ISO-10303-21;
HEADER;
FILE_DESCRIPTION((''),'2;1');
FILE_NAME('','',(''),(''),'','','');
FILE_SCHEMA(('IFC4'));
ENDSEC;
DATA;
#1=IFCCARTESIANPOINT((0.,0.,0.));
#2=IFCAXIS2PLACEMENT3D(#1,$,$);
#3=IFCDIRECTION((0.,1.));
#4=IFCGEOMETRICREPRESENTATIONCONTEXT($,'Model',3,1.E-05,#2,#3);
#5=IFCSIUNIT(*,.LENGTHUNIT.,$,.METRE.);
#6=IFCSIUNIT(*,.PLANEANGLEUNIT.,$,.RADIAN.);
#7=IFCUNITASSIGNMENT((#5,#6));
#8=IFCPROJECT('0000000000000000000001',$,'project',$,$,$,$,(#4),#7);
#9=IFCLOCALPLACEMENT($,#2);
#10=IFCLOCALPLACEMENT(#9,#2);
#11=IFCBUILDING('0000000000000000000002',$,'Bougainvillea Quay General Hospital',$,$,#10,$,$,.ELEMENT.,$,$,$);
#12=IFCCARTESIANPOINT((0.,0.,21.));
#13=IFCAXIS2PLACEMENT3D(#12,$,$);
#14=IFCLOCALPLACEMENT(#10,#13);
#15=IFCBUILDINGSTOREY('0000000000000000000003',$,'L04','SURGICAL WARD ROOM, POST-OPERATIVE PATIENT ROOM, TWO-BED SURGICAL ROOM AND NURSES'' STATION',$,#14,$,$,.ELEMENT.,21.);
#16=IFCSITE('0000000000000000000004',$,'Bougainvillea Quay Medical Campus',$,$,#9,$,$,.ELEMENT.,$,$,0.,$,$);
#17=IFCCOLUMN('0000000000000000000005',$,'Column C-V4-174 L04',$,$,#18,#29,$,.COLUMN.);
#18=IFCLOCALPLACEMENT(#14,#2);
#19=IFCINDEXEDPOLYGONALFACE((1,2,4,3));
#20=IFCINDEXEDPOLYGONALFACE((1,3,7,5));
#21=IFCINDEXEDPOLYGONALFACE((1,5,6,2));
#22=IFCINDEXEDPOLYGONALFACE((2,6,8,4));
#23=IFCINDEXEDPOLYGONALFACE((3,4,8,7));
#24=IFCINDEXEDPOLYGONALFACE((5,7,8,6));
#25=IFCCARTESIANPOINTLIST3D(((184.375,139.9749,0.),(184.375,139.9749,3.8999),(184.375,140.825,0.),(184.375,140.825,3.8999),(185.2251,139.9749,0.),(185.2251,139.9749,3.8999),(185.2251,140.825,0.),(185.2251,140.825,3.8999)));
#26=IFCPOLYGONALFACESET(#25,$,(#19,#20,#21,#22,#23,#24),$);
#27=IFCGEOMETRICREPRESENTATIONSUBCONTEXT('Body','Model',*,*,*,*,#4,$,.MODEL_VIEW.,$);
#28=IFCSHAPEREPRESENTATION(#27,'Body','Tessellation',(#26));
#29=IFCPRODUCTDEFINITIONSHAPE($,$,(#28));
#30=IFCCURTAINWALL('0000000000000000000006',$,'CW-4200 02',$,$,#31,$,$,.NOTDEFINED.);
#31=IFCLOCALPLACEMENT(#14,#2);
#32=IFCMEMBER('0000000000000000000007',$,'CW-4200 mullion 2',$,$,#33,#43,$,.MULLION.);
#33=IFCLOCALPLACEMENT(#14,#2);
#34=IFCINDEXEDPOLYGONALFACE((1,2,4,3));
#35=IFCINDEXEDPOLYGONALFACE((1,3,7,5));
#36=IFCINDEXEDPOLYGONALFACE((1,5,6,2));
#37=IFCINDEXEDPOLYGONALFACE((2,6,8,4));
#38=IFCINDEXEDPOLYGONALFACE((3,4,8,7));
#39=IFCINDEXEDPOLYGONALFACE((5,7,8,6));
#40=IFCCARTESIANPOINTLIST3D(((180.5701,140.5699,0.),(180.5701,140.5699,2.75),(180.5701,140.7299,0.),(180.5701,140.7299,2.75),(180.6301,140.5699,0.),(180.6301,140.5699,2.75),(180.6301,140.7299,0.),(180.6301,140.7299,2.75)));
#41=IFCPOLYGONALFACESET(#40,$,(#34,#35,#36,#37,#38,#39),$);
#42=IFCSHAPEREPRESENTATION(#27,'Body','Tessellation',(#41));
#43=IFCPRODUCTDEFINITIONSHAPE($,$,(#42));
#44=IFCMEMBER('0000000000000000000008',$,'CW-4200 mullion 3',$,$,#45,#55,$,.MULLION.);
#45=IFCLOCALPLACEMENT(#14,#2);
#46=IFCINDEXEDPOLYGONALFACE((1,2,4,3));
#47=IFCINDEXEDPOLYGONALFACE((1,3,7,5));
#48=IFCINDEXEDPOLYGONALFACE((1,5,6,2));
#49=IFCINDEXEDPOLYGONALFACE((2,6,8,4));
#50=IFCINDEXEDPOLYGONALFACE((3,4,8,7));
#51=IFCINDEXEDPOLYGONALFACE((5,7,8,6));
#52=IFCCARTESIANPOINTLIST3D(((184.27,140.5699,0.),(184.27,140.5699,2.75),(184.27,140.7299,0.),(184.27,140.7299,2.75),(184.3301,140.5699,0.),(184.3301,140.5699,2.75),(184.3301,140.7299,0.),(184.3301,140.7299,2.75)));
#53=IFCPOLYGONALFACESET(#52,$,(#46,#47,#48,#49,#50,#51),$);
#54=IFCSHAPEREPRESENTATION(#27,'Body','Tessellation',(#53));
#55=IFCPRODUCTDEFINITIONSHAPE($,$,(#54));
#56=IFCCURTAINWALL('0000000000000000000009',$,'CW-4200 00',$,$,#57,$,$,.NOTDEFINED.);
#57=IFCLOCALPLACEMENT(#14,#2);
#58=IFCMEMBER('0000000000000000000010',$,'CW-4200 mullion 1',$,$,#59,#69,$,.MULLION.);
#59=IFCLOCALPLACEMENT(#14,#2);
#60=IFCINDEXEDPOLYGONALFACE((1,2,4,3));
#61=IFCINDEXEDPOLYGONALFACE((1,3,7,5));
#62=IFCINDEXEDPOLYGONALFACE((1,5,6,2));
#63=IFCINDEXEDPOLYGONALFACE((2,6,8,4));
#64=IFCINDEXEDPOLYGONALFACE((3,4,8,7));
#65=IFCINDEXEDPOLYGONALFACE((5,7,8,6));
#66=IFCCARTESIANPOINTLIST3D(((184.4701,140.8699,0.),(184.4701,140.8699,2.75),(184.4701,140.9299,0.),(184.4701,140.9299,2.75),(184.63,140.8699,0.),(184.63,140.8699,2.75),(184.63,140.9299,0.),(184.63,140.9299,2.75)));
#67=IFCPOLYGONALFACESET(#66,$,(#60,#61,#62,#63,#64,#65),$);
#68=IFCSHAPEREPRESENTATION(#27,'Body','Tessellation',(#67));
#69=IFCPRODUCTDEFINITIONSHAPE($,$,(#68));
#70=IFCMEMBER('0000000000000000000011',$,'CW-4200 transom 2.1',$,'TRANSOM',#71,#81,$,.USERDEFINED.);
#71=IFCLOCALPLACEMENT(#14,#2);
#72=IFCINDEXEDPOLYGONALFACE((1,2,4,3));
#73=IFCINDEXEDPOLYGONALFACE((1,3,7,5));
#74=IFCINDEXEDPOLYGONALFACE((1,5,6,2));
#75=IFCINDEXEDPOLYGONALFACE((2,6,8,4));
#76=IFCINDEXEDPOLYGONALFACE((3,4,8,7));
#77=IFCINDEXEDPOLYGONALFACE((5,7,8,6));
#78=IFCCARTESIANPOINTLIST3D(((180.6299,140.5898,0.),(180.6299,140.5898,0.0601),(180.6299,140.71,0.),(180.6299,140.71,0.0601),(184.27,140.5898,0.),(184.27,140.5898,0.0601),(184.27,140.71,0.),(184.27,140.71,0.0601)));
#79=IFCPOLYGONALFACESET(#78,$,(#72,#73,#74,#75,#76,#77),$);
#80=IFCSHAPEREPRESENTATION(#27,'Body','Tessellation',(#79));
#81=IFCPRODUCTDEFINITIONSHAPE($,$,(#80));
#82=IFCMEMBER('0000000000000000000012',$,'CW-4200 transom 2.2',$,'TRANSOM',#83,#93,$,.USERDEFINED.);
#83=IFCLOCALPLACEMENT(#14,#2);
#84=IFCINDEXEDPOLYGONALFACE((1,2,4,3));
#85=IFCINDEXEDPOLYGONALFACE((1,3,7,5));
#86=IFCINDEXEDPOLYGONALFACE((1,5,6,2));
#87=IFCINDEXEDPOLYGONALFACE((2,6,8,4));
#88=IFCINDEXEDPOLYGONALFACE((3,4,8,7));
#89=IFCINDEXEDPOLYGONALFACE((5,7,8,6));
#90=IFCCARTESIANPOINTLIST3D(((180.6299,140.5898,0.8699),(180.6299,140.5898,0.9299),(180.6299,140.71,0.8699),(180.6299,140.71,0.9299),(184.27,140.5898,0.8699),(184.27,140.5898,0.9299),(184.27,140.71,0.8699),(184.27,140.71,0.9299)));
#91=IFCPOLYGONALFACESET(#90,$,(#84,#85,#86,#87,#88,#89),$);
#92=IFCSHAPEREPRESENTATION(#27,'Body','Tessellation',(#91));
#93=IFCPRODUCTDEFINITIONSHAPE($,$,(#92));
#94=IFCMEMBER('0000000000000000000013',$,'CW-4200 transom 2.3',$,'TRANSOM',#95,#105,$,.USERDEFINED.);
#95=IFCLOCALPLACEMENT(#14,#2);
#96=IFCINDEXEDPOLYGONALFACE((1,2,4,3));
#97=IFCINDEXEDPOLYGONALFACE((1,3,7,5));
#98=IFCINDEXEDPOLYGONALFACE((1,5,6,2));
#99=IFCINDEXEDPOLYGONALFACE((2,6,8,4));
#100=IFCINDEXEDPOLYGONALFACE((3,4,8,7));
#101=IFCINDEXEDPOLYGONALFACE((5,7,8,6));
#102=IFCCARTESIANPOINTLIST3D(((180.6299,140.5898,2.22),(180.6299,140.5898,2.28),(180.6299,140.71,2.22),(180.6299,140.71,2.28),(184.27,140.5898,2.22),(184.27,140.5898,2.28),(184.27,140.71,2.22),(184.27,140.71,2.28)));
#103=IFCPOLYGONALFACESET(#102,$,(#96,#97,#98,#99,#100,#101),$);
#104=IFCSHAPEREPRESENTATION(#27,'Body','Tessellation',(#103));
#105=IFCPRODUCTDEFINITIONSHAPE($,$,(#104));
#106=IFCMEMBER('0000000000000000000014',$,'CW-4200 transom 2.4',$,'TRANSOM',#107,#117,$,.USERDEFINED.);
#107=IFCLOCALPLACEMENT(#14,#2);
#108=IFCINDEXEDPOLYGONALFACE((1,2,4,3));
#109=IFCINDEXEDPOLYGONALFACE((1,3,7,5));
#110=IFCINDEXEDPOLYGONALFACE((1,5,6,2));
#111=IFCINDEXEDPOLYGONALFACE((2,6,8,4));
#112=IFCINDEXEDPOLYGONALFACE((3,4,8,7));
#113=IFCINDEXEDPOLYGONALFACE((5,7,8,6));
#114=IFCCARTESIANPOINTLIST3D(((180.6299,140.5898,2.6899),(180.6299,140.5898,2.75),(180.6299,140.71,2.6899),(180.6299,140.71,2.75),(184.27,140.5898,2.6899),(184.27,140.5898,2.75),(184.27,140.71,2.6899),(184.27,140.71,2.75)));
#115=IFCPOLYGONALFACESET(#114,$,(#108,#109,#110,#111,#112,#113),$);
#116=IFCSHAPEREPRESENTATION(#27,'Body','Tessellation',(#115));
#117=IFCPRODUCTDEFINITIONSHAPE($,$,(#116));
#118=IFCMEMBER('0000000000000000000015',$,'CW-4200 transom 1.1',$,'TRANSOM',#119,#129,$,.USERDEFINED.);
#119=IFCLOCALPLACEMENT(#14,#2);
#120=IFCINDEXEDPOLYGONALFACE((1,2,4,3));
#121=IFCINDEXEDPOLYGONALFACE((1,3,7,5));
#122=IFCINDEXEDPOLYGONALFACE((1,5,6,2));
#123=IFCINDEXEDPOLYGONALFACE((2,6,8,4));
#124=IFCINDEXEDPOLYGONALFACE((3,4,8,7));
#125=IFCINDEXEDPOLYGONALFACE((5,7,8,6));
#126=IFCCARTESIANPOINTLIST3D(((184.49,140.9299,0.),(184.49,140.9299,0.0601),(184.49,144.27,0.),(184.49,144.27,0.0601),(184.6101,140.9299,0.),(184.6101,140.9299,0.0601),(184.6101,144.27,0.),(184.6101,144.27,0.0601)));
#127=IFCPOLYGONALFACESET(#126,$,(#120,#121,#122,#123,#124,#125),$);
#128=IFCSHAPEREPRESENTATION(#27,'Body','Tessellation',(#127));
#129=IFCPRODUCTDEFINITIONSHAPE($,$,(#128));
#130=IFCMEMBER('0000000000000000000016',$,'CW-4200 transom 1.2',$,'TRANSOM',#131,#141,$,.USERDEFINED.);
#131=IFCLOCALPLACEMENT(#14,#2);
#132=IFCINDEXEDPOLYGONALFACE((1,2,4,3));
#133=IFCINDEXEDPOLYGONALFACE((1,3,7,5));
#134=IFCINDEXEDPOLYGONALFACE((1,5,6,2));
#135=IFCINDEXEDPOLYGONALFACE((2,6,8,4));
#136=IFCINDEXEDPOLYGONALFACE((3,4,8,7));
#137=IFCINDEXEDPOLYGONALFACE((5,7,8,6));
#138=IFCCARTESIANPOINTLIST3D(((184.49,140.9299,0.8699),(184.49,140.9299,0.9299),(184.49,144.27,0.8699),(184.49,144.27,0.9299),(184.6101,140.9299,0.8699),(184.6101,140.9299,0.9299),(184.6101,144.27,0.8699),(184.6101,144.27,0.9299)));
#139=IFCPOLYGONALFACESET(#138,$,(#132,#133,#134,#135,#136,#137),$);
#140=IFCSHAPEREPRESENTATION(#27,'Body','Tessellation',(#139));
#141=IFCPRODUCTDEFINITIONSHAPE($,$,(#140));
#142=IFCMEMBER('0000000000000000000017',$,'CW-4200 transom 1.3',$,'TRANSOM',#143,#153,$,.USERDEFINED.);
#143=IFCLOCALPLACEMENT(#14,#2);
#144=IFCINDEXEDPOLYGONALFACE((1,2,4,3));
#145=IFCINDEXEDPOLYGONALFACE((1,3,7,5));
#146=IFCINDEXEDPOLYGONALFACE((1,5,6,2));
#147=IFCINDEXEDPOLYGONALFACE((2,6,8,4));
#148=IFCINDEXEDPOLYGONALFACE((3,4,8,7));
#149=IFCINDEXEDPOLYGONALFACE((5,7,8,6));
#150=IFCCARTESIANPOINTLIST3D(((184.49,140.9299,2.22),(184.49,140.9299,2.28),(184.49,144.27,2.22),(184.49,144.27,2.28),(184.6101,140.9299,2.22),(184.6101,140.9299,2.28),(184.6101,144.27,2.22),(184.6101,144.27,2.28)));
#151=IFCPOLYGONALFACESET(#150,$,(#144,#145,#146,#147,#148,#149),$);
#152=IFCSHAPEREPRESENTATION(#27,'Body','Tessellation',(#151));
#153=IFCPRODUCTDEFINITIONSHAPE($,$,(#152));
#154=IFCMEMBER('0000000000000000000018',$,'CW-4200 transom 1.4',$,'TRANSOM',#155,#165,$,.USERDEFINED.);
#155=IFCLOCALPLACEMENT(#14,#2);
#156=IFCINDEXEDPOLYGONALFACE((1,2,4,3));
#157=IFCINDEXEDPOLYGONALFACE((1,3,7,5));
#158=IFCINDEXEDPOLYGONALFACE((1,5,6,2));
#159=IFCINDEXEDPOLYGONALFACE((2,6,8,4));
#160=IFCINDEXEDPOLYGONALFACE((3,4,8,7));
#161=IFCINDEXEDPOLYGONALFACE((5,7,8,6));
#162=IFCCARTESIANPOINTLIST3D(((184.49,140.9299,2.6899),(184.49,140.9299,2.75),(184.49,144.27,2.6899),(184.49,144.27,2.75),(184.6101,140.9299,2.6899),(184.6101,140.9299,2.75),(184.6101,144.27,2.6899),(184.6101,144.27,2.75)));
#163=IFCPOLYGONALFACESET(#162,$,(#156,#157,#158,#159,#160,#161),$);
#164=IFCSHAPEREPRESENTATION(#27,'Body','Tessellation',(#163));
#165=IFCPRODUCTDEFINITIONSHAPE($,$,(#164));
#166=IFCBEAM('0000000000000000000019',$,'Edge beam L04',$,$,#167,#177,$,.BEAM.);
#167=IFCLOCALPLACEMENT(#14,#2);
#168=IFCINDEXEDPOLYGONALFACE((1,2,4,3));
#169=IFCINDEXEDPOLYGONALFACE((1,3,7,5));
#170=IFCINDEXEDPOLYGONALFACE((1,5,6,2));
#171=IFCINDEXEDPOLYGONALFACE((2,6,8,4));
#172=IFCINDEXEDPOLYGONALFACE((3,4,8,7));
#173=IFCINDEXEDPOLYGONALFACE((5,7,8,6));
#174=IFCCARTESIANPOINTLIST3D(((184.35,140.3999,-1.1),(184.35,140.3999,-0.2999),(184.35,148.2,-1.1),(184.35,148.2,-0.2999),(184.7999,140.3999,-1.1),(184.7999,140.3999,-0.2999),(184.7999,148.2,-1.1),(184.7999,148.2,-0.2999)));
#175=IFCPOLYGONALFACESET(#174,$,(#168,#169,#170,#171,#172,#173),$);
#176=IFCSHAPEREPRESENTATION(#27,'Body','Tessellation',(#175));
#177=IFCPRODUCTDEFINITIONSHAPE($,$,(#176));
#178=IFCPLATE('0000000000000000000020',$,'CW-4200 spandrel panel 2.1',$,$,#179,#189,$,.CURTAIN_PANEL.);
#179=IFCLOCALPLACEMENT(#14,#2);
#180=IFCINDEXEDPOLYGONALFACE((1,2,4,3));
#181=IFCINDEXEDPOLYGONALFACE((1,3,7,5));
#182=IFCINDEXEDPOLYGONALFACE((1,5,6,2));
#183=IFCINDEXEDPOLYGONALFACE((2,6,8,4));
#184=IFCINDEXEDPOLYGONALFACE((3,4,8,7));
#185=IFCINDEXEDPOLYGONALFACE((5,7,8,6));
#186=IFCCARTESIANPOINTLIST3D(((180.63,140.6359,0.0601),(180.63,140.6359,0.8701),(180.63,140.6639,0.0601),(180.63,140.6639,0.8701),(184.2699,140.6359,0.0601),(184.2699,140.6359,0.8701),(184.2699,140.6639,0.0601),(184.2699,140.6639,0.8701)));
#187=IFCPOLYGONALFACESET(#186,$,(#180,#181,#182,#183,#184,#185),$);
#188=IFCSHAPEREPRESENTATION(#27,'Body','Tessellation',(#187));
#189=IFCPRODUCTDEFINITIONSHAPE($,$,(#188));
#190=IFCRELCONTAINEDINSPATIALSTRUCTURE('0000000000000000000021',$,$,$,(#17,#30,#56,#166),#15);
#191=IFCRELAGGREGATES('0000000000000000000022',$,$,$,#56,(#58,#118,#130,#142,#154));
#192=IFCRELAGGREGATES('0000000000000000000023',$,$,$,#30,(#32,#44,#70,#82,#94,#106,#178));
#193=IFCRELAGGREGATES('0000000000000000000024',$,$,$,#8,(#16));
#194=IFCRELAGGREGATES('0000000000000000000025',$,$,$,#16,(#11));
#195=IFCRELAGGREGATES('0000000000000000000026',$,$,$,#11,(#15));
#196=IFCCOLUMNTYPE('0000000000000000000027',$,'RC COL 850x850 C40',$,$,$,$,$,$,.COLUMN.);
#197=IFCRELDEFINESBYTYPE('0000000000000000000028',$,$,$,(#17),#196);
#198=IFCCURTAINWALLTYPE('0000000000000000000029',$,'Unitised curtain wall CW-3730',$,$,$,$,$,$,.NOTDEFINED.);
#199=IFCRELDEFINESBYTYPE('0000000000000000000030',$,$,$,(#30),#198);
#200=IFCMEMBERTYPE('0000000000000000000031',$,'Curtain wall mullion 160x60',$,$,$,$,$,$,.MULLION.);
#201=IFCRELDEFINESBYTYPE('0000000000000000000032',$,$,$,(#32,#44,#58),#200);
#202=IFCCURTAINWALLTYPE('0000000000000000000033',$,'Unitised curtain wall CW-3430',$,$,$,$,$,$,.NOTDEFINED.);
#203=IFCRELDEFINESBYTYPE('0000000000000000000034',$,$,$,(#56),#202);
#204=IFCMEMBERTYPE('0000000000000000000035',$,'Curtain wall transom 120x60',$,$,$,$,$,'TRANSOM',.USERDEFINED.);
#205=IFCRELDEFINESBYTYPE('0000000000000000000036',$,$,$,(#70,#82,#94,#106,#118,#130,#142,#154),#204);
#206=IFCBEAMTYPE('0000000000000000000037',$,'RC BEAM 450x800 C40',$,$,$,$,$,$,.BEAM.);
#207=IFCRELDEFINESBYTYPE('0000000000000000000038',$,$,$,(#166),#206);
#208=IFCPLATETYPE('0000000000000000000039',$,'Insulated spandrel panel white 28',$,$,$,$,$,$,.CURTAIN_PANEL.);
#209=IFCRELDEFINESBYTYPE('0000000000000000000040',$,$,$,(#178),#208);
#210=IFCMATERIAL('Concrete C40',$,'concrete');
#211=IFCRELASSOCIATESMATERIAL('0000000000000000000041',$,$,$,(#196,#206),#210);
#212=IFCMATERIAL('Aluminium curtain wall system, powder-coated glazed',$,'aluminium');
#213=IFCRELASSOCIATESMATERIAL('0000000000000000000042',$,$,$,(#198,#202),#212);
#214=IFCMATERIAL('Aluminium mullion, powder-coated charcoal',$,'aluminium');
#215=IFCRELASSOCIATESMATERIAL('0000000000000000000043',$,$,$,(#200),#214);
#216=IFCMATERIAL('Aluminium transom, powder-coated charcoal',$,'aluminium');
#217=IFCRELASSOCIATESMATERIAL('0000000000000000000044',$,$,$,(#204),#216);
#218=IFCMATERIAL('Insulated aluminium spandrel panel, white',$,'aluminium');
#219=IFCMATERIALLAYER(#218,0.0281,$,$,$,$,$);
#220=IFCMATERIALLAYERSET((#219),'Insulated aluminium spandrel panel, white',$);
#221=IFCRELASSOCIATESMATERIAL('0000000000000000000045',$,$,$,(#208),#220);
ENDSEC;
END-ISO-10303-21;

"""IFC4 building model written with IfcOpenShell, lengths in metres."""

from ifc_helpers import new_model, si_unit, direction, frame, origin, origin_2d, place, context, subcontext, project, spatial, rectangle, extrude, material, layer, layer_set, material_profile, profile_set, type_object, element, aggregate, save


model = new_model("IFC4")

# Units and contexts
model_context = context("Model", 3, precision=1e-05, world=origin(), true_north=direction((0.0, 1.0)))
body_context = subcontext(model_context, "Body", "Model", "MODEL_VIEW")
ifc_project = project(units=[si_unit("LENGTHUNIT", "METRE"), si_unit("PLANEANGLEUNIT", "RADIAN")], contexts=[model_context])

# Site, building, storey
site_placement = place(None, origin())
site = spatial("IfcSite", under=ifc_project, at=site_placement, Name="Bougainvillea Quay Medical Campus", CompositionType="ELEMENT", RefElevation=0.0)
building_placement = place(site_placement, origin())
building = spatial("IfcBuilding", under=site, at=building_placement, Name="Bougainvillea Quay General Hospital", CompositionType="ELEMENT")
storey_placement = place(building_placement, frame((0.0, 0.0, 21.0)))
storey = spatial("IfcBuildingStorey", under=building, at=storey_placement, Name="L04", Description="SURGICAL WARD ROOM, POST-OPERATIVE PATIENT ROOM, TWO-BED SURGICAL ROOM AND NURSES' STATION", CompositionType="ELEMENT", Elevation=21.0)

# Column
ifc_material_1 = material(Name="Concrete C40", Category="concrete")
ifc_material_profile_1 = material_profile(ifc_material_1, rectangle(XDim=0.8501, YDim=0.8501, at=origin_2d()))
ifc_profile_set_1 = profile_set([ifc_material_profile_1], Name="Concrete C40")
column_type = type_object("IfcColumnType", Name="RC COL 850x850 C40", PredefinedType="COLUMN", material=ifc_profile_set_1)
column_placement = place(storey_placement, frame((184.8, 140.3999, 0.0), z_axis=(0.0, 0.0, 1.0), x_axis=(1.0, 0.0, 0.0)))
element("IfcColumn", 1, at=column_placement, inside=storey, type_object=column_type, Name="Column C-V4-174 L04", PredefinedType="COLUMN", context=body_context, shape_type="SweptSolid", body=[
    extrude(rectangle(XDim=0.8501, YDim=0.8501, at=origin_2d()), origin(), (0.0, 0.0, 1.0), 3.8999),
])

# Curtain wall, members
ifc_material_2 = material(Name="Aluminium curtain wall system, powder-coated glazed", Category="aluminium")
curtain_wall_type_1 = type_object("IfcCurtainWallType", Name="Unitised curtain wall CW-3730", PredefinedType="NOTDEFINED", material=ifc_material_2)
curtain_wall_1_placement = place(storey_placement, origin())
curtain_wall_1 = element("IfcCurtainWall", 2, at=curtain_wall_1_placement, inside=storey, type_object=curtain_wall_type_1, Name="CW-4200 02", PredefinedType="NOTDEFINED")
ifc_material_3 = material(Name="Aluminium mullion, powder-coated charcoal", Category="aluminium")
ifc_material_profile_2 = material_profile(ifc_material_3, rectangle(XDim=0.1599, YDim=0.0601, at=origin_2d()))
ifc_profile_set_2 = profile_set([ifc_material_profile_2], Name="Aluminium mullion, powder-coated charcoal")
member_type_1 = type_object("IfcMemberType", Name="Curtain wall mullion 160x60", PredefinedType="MULLION", material=ifc_profile_set_2)
member_1_placement = place(storey_placement, frame((180.6001, 140.6499, 0.0), z_axis=(0.0, 0.0, 1.0), x_axis=(0.0, 1.0, 0.0)))
member_1 = element("IfcMember", 3, at=member_1_placement, type_object=member_type_1, Name="CW-4200 mullion 2", PredefinedType="MULLION", context=body_context, shape_type="SweptSolid", body=[
    extrude(rectangle(XDim=0.1599, YDim=0.0601, at=origin_2d()), origin(), (0.0, 0.0, 1.0), 2.75),
])
member_2_placement = place(storey_placement, frame((184.3, 140.6499, 0.0), z_axis=(0.0, 0.0, 1.0), x_axis=(0.0, 1.0, 0.0)))
member_2 = element("IfcMember", 4, at=member_2_placement, type_object=member_type_1, Name="CW-4200 mullion 3", PredefinedType="MULLION", context=body_context, shape_type="SweptSolid", body=[
    extrude(rectangle(XDim=0.1599, YDim=0.0601, at=origin_2d()), origin(), (0.0, 0.0, 1.0), 2.75),
])

# Curtain wall, member
curtain_wall_type_2 = type_object("IfcCurtainWallType", Name="Unitised curtain wall CW-3430", PredefinedType="NOTDEFINED", material=ifc_material_2)
curtain_wall_2_placement = place(storey_placement, origin())
curtain_wall_2 = element("IfcCurtainWall", 5, at=curtain_wall_2_placement, inside=storey, type_object=curtain_wall_type_2, Name="CW-4200 00", PredefinedType="NOTDEFINED")
member_3_placement = place(storey_placement, frame((184.55, 140.8999, 0.0), z_axis=(0.0, 0.0, 1.0), x_axis=(-1.0, 0.0, 0.0)))
member_3 = element("IfcMember", 6, at=member_3_placement, type_object=member_type_1, Name="CW-4200 mullion 1", PredefinedType="MULLION", context=body_context, shape_type="SweptSolid", body=[
    extrude(rectangle(XDim=0.1599, YDim=0.0601, at=origin_2d()), origin(), (0.0, 0.0, 1.0), 2.75),
])

# Members
ifc_material_4 = material(Name="Aluminium transom, powder-coated charcoal", Category="aluminium")
ifc_material_profile_3 = material_profile(ifc_material_4, rectangle(XDim=0.1201, YDim=0.0601, at=origin_2d()))
ifc_profile_set_3 = profile_set([ifc_material_profile_3], Name="Aluminium transom, powder-coated charcoal")
member_type_2 = type_object("IfcMemberType", Name="Curtain wall transom 120x60", ElementType="TRANSOM", PredefinedType="USERDEFINED", material=ifc_profile_set_3)
member_4_placement = place(storey_placement, frame((180.6299, 140.6499, 0.03), z_axis=(1.0, 0.0, 0.0), x_axis=(0.0, 1.0, 0.0)))
member_4 = element("IfcMember", 7, at=member_4_placement, type_object=member_type_2, Name="CW-4200 transom 2.1", ObjectType="TRANSOM", PredefinedType="USERDEFINED", context=body_context, shape_type="SweptSolid", body=[
    extrude(rectangle(XDim=0.1201, YDim=0.0601, at=origin_2d()), origin(), (0.0, 0.0, 1.0), 3.6401),
])
member_5_placement = place(storey_placement, frame((180.6299, 140.6499, 0.8999), z_axis=(1.0, 0.0, 0.0), x_axis=(0.0, 1.0, 0.0)))
member_5 = element("IfcMember", 8, at=member_5_placement, type_object=member_type_2, Name="CW-4200 transom 2.2", ObjectType="TRANSOM", PredefinedType="USERDEFINED", context=body_context, shape_type="SweptSolid", body=[
    extrude(rectangle(XDim=0.1201, YDim=0.0601, at=origin_2d()), origin(), (0.0, 0.0, 1.0), 3.6401),
])
member_6_placement = place(storey_placement, frame((180.6299, 140.6499, 2.25), z_axis=(1.0, 0.0, 0.0), x_axis=(0.0, 1.0, 0.0)))
member_6 = element("IfcMember", 9, at=member_6_placement, type_object=member_type_2, Name="CW-4200 transom 2.3", ObjectType="TRANSOM", PredefinedType="USERDEFINED", context=body_context, shape_type="SweptSolid", body=[
    extrude(rectangle(XDim=0.1201, YDim=0.0601, at=origin_2d()), origin(), (0.0, 0.0, 1.0), 3.6401),
])
member_7_placement = place(storey_placement, frame((180.6299, 140.6499, 2.72), z_axis=(1.0, 0.0, 0.0), x_axis=(0.0, 1.0, 0.0)))
member_7 = element("IfcMember", 10, at=member_7_placement, type_object=member_type_2, Name="CW-4200 transom 2.4", ObjectType="TRANSOM", PredefinedType="USERDEFINED", context=body_context, shape_type="SweptSolid", body=[
    extrude(rectangle(XDim=0.1201, YDim=0.0601, at=origin_2d()), origin(), (0.0, 0.0, 1.0), 3.6401),
])
member_8_placement = place(storey_placement, frame((184.55, 140.9299, 0.03), z_axis=(0.0, 1.0, 0.0), x_axis=(-1.0, 0.0, 0.0)))
member_8 = element("IfcMember", 11, at=member_8_placement, type_object=member_type_2, Name="CW-4200 transom 1.1", ObjectType="TRANSOM", PredefinedType="USERDEFINED", context=body_context, shape_type="SweptSolid", body=[
    extrude(rectangle(XDim=0.1201, YDim=0.0601, at=origin_2d()), origin(), (0.0, 0.0, 1.0), 3.3401),
])
member_9_placement = place(storey_placement, frame((184.55, 140.9299, 0.8999), z_axis=(0.0, 1.0, 0.0), x_axis=(-1.0, 0.0, 0.0)))
member_9 = element("IfcMember", 12, at=member_9_placement, type_object=member_type_2, Name="CW-4200 transom 1.2", ObjectType="TRANSOM", PredefinedType="USERDEFINED", context=body_context, shape_type="SweptSolid", body=[
    extrude(rectangle(XDim=0.1201, YDim=0.0601, at=origin_2d()), origin(), (0.0, 0.0, 1.0), 3.3401),
])
member_10_placement = place(storey_placement, frame((184.55, 140.9299, 2.25), z_axis=(0.0, 1.0, 0.0), x_axis=(-1.0, 0.0, 0.0)))
member_10 = element("IfcMember", 13, at=member_10_placement, type_object=member_type_2, Name="CW-4200 transom 1.3", ObjectType="TRANSOM", PredefinedType="USERDEFINED", context=body_context, shape_type="SweptSolid", body=[
    extrude(rectangle(XDim=0.1201, YDim=0.0601, at=origin_2d()), origin(), (0.0, 0.0, 1.0), 3.3401),
])
member_11_placement = place(storey_placement, frame((184.55, 140.9299, 2.72), z_axis=(0.0, 1.0, 0.0), x_axis=(-1.0, 0.0, 0.0)))
member_11 = element("IfcMember", 14, at=member_11_placement, type_object=member_type_2, Name="CW-4200 transom 1.4", ObjectType="TRANSOM", PredefinedType="USERDEFINED", context=body_context, shape_type="SweptSolid", body=[
    extrude(rectangle(XDim=0.1201, YDim=0.0601, at=origin_2d()), origin(), (0.0, 0.0, 1.0), 3.3401),
])
aggregate(curtain_wall_2, [member_3, member_8, member_9, member_10, member_11])

# Beam
ifc_material_profile_4 = material_profile(ifc_material_1, rectangle(XDim=0.45, YDim=0.8, at=origin_2d()))
ifc_profile_set_4 = profile_set([ifc_material_profile_4], Name="Concrete C40")
beam_type = type_object("IfcBeamType", Name="RC BEAM 450x800 C40", PredefinedType="BEAM", material=ifc_profile_set_4)
beam_placement = place(storey_placement, frame((184.575, 140.3999, -0.7), z_axis=(0.0, 1.0, 0.0), x_axis=(-1.0, 0.0, 0.0)))
element("IfcBeam", 15, at=beam_placement, inside=storey, type_object=beam_type, Name="Edge beam L04", PredefinedType="BEAM", context=body_context, shape_type="SweptSolid", body=[
    extrude(rectangle(XDim=0.45, YDim=0.8, at=origin_2d()), origin(), (0.0, 0.0, 1.0), 7.8),
])

# Plate
ifc_material_5 = material(Name="Insulated aluminium spandrel panel, white", Category="aluminium")
ifc_layer_1 = layer(ifc_material_5, 0.0281)
ifc_layer_set_1 = layer_set([ifc_layer_1], Name="Insulated aluminium spandrel panel, white")
plate_type_1 = type_object("IfcPlateType", Name="Insulated spandrel panel white 28", PredefinedType="CURTAIN_PANEL", material=ifc_layer_set_1)
plate_1_placement = place(storey_placement, frame((182.45, 140.6499, 0.0601), z_axis=(0.0, 0.0, 1.0), x_axis=(1.0, 0.0, 0.0)))
plate_1 = element("IfcPlate", 16, at=plate_1_placement, type_object=plate_type_1, Name="CW-4200 spandrel panel 2.1", PredefinedType="CURTAIN_PANEL", context=body_context, shape_type="SweptSolid", body=[
    extrude(rectangle(XDim=3.6399, YDim=0.0281, at=origin_2d()), origin(), (0.0, 0.0, 1.0), 0.8101),
])
aggregate(curtain_wall_1, [member_1, member_2, member_4, member_5, member_6, member_7, plate_1])

save(model, "model.ifc")
